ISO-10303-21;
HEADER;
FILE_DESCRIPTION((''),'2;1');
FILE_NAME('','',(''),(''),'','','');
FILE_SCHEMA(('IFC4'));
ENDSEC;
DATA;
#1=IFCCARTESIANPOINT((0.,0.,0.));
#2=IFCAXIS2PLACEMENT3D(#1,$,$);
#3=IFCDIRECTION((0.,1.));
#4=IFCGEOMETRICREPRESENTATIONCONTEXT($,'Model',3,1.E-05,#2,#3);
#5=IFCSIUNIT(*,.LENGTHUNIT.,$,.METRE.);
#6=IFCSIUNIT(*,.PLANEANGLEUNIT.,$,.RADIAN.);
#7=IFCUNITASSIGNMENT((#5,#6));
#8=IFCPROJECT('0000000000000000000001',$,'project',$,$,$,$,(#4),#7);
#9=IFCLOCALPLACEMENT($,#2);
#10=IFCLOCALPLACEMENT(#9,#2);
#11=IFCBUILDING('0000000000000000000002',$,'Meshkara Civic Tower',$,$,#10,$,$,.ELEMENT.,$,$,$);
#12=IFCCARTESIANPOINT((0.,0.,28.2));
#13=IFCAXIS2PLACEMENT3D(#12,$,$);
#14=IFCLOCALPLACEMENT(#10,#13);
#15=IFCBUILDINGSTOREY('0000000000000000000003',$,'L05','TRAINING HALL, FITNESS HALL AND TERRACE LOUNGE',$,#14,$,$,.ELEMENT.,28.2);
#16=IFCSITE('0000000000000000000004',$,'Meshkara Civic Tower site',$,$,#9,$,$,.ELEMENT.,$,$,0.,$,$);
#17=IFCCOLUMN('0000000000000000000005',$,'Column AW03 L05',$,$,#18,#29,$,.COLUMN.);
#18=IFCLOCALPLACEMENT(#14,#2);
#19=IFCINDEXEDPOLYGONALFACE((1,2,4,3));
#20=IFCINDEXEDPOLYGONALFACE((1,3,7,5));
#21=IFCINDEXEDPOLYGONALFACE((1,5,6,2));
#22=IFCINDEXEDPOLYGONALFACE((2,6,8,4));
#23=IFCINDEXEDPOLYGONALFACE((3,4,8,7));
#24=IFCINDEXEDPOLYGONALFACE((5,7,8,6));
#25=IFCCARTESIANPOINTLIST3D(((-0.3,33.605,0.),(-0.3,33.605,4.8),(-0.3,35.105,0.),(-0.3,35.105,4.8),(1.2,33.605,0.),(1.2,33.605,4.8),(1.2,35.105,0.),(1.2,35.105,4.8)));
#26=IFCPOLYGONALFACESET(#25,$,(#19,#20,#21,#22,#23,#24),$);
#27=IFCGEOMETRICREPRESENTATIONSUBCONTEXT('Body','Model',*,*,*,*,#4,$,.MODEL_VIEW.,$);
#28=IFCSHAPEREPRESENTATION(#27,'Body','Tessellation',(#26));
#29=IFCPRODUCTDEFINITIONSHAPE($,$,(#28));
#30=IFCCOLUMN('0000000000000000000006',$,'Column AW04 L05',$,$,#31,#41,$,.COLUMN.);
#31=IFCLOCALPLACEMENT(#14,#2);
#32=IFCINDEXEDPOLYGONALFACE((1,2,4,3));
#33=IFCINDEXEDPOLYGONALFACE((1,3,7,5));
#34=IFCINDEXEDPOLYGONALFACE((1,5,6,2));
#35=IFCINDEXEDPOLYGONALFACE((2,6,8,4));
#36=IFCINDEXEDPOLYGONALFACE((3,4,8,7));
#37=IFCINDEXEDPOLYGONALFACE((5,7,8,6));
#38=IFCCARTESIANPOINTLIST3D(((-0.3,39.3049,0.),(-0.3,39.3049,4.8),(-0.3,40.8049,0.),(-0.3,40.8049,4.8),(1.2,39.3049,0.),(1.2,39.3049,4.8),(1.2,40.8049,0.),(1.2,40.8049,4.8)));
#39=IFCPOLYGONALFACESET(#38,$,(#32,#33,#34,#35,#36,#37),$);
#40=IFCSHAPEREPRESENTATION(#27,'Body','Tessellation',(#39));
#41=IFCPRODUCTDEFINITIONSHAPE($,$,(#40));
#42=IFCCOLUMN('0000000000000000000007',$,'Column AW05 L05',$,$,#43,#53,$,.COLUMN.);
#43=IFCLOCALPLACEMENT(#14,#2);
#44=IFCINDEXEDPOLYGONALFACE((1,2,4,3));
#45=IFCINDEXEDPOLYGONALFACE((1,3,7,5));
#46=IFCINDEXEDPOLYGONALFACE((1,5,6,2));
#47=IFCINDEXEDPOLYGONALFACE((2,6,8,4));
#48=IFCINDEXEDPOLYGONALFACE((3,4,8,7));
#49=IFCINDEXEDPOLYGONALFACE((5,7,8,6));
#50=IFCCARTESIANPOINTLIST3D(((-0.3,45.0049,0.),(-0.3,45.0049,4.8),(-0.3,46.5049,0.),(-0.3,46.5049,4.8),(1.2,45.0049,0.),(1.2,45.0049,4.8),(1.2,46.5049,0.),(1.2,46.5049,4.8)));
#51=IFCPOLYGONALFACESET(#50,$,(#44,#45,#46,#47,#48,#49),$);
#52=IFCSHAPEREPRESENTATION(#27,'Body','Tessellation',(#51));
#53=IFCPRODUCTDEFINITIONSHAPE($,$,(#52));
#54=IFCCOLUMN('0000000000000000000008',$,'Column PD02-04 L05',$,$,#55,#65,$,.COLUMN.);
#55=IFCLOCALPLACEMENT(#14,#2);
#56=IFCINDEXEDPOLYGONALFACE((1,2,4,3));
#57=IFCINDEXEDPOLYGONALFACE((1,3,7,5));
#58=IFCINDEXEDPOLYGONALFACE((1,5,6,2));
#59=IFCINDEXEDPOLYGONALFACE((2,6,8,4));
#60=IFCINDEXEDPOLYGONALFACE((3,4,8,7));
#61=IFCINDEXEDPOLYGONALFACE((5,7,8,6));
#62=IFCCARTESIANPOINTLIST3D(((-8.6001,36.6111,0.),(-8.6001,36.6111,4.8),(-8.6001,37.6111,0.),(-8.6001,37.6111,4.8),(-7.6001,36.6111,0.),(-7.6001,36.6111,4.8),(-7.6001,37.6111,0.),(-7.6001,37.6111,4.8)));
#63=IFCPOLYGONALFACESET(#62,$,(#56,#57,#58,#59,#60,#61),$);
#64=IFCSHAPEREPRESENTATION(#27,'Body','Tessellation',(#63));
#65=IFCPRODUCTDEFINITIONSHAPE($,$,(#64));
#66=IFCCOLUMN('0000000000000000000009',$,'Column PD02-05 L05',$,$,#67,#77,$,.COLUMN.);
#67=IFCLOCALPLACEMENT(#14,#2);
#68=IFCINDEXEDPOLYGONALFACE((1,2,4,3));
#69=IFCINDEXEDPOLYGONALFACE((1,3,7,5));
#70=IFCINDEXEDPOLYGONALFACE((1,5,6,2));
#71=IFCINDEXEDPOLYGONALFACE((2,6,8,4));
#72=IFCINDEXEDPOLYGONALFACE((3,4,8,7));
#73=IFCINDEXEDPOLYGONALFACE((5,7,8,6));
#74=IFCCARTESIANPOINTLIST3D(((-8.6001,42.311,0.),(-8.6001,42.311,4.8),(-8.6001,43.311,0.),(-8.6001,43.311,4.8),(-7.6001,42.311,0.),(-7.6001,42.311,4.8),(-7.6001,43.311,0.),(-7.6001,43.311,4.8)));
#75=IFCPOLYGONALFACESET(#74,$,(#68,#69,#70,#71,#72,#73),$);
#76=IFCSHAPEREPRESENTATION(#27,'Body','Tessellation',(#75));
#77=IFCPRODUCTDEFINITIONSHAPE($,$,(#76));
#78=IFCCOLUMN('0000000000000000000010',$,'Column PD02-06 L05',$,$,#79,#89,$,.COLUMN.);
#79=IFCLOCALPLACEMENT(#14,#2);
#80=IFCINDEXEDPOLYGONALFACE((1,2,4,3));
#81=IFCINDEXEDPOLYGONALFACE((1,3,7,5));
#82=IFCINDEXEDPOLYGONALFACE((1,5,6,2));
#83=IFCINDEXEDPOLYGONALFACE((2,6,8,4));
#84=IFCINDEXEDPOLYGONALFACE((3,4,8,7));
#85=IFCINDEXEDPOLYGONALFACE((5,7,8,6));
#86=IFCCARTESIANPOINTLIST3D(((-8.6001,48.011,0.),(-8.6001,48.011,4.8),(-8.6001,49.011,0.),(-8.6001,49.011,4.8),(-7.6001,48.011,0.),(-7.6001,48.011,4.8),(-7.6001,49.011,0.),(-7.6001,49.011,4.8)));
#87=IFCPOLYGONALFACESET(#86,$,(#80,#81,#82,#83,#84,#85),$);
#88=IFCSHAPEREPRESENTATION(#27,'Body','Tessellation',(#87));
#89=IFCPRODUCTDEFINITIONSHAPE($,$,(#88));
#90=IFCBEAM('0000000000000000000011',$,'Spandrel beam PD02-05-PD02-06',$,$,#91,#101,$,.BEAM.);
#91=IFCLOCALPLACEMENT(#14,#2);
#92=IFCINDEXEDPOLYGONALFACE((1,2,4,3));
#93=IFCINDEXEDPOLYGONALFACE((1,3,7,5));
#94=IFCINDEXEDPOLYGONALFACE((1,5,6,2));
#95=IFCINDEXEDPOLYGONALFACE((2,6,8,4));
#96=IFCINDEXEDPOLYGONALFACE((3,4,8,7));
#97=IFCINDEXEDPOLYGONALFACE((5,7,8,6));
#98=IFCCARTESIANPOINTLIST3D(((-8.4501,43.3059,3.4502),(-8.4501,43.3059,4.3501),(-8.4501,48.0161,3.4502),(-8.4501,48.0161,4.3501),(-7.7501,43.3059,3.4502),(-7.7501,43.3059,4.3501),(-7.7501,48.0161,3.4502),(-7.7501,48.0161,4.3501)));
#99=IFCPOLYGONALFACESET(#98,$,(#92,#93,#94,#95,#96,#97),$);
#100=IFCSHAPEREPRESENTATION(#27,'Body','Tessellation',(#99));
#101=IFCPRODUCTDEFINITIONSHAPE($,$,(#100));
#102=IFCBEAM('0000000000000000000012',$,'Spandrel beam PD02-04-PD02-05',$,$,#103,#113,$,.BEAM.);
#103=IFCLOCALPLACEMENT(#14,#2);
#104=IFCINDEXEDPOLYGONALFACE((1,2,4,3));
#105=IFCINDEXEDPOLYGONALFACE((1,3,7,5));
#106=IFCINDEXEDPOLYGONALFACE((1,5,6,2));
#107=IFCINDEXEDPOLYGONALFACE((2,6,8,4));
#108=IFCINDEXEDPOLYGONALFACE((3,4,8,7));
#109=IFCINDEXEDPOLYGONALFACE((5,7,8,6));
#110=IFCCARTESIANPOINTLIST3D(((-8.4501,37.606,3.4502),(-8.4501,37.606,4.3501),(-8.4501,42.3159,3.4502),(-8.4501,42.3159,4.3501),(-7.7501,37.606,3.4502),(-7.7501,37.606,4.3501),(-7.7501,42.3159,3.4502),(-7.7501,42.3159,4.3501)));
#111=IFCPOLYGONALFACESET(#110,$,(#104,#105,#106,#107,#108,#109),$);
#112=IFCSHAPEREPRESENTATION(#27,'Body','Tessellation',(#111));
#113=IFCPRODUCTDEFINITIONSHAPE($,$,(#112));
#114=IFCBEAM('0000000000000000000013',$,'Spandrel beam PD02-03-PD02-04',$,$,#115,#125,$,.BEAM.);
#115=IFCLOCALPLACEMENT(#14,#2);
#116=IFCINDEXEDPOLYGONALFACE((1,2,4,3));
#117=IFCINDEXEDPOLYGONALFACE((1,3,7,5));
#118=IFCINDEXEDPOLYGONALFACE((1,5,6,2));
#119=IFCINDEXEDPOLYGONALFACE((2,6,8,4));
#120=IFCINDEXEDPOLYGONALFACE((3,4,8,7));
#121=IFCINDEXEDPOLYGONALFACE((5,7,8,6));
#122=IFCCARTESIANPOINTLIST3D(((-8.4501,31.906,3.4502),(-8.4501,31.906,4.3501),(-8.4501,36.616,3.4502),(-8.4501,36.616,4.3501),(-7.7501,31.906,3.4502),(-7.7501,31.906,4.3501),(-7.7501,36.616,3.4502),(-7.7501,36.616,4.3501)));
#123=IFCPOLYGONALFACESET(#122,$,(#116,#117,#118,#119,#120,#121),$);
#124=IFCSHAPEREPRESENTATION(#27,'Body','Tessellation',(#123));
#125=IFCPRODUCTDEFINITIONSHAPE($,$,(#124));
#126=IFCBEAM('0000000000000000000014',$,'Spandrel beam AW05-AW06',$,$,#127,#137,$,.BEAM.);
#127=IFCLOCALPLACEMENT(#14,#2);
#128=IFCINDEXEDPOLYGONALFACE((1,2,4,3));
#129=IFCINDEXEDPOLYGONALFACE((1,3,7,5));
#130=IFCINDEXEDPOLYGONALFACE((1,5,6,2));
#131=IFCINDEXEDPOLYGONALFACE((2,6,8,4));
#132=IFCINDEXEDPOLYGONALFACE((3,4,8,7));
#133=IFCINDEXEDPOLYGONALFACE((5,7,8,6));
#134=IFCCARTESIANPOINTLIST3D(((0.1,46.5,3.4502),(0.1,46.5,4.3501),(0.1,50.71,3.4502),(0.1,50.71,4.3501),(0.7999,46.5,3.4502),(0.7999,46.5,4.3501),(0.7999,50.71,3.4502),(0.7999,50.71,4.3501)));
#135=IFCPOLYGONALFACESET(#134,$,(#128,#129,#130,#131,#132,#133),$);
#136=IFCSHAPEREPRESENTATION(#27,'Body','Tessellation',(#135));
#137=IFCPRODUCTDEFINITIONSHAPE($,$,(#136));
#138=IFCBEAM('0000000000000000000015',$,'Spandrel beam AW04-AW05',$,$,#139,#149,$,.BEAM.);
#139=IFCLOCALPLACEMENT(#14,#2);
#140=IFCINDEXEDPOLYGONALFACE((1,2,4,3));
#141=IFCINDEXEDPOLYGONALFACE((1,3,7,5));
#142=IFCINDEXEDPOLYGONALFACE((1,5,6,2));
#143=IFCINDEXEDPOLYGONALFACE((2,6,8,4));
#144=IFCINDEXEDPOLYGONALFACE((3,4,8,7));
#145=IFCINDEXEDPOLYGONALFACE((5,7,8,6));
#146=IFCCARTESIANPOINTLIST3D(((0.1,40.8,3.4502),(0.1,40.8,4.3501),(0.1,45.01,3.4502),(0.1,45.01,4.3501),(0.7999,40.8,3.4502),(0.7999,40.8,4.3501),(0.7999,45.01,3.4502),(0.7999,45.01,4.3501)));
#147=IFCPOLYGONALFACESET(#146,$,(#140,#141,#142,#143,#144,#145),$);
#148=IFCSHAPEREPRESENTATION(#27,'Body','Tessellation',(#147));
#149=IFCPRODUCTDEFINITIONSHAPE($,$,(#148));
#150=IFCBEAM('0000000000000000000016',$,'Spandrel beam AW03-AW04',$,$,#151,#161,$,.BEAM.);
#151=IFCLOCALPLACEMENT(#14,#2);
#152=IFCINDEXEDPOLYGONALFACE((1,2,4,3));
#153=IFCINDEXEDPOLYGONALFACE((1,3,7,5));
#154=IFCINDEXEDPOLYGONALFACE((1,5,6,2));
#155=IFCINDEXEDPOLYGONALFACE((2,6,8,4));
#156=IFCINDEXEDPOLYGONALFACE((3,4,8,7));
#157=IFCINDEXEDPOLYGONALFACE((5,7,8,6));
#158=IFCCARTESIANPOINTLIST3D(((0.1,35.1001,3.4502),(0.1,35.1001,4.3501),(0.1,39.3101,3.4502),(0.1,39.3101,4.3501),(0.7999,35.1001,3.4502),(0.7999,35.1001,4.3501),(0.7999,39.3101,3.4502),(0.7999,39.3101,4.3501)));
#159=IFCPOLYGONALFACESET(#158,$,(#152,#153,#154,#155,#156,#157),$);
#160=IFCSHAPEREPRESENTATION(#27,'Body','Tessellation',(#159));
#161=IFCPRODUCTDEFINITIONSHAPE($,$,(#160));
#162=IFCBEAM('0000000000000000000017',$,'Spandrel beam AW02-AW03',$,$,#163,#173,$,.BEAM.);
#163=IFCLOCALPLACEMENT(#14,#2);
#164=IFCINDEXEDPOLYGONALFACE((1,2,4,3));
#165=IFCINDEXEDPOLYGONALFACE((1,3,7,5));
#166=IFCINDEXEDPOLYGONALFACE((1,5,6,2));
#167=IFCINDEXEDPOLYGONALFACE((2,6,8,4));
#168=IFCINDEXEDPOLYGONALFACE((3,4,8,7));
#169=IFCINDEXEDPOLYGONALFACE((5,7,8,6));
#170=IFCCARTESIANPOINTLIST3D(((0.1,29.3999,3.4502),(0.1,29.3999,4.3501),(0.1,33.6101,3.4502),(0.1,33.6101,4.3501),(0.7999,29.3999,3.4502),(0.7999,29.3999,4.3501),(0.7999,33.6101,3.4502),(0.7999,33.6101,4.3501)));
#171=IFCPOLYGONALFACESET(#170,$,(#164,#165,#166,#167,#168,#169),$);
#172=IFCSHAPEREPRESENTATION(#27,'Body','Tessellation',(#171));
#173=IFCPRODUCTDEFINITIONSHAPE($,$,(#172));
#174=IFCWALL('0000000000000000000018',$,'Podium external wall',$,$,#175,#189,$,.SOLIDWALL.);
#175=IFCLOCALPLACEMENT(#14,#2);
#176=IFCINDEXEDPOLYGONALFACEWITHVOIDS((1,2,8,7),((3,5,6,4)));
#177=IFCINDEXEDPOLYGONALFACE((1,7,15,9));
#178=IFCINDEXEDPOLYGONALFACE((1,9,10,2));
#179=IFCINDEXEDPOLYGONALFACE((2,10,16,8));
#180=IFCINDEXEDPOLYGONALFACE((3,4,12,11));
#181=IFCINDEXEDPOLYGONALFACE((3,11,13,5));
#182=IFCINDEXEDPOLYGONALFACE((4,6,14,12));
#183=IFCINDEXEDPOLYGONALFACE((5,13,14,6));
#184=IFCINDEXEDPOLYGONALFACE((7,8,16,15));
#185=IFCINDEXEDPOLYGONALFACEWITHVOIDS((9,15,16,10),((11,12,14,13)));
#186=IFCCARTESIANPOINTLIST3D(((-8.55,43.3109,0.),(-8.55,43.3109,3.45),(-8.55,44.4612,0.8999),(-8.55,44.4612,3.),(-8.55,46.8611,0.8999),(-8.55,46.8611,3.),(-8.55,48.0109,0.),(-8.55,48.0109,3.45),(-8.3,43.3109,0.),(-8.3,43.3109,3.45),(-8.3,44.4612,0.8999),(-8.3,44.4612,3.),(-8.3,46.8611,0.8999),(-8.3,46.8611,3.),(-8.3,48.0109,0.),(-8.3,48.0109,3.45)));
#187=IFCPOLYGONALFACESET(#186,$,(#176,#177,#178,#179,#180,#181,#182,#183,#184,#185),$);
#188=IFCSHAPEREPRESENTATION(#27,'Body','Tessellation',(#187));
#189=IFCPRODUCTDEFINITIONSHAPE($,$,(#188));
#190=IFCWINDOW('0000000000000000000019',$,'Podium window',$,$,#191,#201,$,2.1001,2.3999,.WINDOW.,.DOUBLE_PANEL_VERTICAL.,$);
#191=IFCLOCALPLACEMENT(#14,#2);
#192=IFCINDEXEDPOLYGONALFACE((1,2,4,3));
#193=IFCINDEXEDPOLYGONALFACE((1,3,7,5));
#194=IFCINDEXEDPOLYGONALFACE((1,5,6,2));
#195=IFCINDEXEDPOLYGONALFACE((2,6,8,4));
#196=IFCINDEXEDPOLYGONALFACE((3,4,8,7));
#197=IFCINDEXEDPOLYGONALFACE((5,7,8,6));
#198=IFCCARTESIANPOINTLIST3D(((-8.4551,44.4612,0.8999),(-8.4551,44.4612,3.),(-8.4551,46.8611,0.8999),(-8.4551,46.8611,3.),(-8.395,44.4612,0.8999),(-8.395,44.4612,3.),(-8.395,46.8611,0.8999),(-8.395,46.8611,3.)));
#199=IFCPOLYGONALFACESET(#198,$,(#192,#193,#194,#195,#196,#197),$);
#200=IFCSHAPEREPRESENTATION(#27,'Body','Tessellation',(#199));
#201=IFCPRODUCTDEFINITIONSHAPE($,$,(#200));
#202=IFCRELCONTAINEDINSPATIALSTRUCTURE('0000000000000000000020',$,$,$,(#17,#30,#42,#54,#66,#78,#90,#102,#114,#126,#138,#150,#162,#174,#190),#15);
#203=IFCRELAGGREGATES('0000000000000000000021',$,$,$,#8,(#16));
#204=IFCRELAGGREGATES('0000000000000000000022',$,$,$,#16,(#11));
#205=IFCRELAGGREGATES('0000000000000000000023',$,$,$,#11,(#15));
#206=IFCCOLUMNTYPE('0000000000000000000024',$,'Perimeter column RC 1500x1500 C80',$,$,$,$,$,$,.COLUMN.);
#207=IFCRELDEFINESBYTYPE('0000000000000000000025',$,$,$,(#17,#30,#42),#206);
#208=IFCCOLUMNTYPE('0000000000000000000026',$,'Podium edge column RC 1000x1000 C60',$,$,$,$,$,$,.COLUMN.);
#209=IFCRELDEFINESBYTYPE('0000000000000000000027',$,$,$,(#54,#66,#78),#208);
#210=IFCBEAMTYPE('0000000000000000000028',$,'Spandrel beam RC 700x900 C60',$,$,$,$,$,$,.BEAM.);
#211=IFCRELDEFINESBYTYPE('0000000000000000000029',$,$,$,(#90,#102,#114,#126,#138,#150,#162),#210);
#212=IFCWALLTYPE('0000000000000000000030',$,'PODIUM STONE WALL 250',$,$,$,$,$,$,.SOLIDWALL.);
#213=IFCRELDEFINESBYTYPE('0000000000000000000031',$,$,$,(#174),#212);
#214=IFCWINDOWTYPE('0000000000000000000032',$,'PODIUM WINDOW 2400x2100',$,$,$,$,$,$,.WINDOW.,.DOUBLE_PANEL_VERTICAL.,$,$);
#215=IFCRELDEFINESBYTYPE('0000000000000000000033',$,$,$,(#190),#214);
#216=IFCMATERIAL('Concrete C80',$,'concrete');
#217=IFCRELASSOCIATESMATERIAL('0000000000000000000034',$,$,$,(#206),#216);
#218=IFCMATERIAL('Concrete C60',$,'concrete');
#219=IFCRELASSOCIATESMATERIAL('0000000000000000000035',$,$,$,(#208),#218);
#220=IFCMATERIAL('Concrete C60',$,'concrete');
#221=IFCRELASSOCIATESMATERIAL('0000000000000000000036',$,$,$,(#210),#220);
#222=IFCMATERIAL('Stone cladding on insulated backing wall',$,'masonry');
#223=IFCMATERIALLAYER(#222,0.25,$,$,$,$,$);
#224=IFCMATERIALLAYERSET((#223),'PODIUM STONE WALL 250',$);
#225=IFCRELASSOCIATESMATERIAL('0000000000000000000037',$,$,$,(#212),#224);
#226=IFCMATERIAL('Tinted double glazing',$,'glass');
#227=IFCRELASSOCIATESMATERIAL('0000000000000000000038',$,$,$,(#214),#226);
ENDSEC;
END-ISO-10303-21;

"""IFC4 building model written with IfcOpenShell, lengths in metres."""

from ifc_helpers import new_model, si_unit, direction, frame, frame_2d, origin, origin_2d, place, context, subcontext, project, spatial, rectangle, extrude, material, layer, layer_set, material_profile, profile_set, type_object, element, fill, save


model = new_model("IFC4")

# Units and contexts
model_context = context("Model", 3, precision=1e-05, world=origin(), true_north=direction((0.0, 1.0)))
body_context = subcontext(model_context, "Body", "Model", "MODEL_VIEW")
ifc_project = project(units=[si_unit("LENGTHUNIT", "METRE"), si_unit("PLANEANGLEUNIT", "RADIAN")], contexts=[model_context])

# Site, building, storey
site_placement = place(None, origin())
site = spatial("IfcSite", under=ifc_project, at=site_placement, Name="Meshkara Civic Tower site", CompositionType="ELEMENT", RefElevation=0.0)
building_placement = place(site_placement, origin())
building = spatial("IfcBuilding", under=site, at=building_placement, Name="Meshkara Civic Tower", CompositionType="ELEMENT")
storey_placement = place(building_placement, frame((0.0, 0.0, 28.2)))
storey = spatial("IfcBuildingStorey", under=building, at=storey_placement, Name="L05", Description="TRAINING HALL, FITNESS HALL AND TERRACE LOUNGE", CompositionType="ELEMENT", Elevation=28.2)

# Columns
ifc_material_1 = material(Name="Concrete C80", Category="concrete")
ifc_material_profile_1 = material_profile(ifc_material_1, rectangle(XDim=1.5, YDim=1.5, at=origin_2d()))
ifc_profile_set_1 = profile_set([ifc_material_profile_1], Name="Concrete C80")
column_type_1 = type_object("IfcColumnType", Name="Perimeter column RC 1500x1500 C80", PredefinedType="COLUMN", material=ifc_profile_set_1)
for number, where, z_axis, x_axis, name in (
    (1, (0.45, 34.355, 0.0), (0.0, 0.0, 1.0), (1.0, 0.0, 0.0), "Column AW03 L05"),
    (2, (0.45, 40.0549, 0.0), (0.0, 0.0, 1.0), (1.0, 0.0, 0.0), "Column AW04 L05"),
    (3, (0.45, 45.7549, 0.0), (0.0, 0.0, 1.0), (1.0, 0.0, 0.0), "Column AW05 L05"),
):
    element("IfcColumn", number, at=place(storey_placement, frame(where, z_axis=z_axis, x_axis=x_axis)), inside=storey, type_object=column_type_1, Name=name, PredefinedType="COLUMN", context=body_context, shape_type="SweptSolid", body=[
        extrude(rectangle(XDim=1.5, YDim=1.5, at=origin_2d()), origin(), (0.0, 0.0, 1.0), 4.8),
    ])
ifc_material_2 = material(Name="Concrete C60", Category="concrete")
ifc_material_profile_2 = material_profile(ifc_material_2, rectangle(XDim=1.0, YDim=1.0, at=origin_2d()))
ifc_profile_set_2 = profile_set([ifc_material_profile_2], Name="Concrete C60")
column_type_2 = type_object("IfcColumnType", Name="Podium edge column RC 1000x1000 C60", PredefinedType="COLUMN", material=ifc_profile_set_2)
for number, where, z_axis, x_axis, name in (
    (4, (-8.1001, 37.1111, 0.0), (0.0, 0.0, 1.0), (1.0, 0.0, 0.0), "Column PD02-04 L05"),
    (5, (-8.1001, 42.811, 0.0), (0.0, 0.0, 1.0), (1.0, 0.0, 0.0), "Column PD02-05 L05"),
    (6, (-8.1001, 48.511, 0.0), (0.0, 0.0, 1.0), (1.0, 0.0, 0.0), "Column PD02-06 L05"),
):
    element("IfcColumn", number, at=place(storey_placement, frame(where, z_axis=z_axis, x_axis=x_axis)), inside=storey, type_object=column_type_2, Name=name, PredefinedType="COLUMN", context=body_context, shape_type="SweptSolid", body=[
        extrude(rectangle(XDim=1.0, YDim=1.0, at=origin_2d()), origin(), (0.0, 0.0, 1.0), 4.8),
    ])

# Beams
ifc_material_3 = material(Name="Concrete C60", Category="concrete")
ifc_material_profile_3 = material_profile(ifc_material_3, rectangle(XDim=0.7, YDim=0.8999, at=origin_2d()))
ifc_profile_set_3 = profile_set([ifc_material_profile_3], Name="Concrete C60")
beam_type = type_object("IfcBeamType", Name="Spandrel beam RC 700x900 C60", PredefinedType="BEAM", material=ifc_profile_set_3)
beam_1_placement = place(storey_placement, frame((-8.1001, 48.0161, 3.9001), z_axis=(0.0, -1.0, 0.0), x_axis=(1.0, 0.0, 0.0)))
element("IfcBeam", 7, at=beam_1_placement, inside=storey, type_object=beam_type, Name="Spandrel beam PD02-05-PD02-06", PredefinedType="BEAM", context=body_context, shape_type="SweptSolid", body=[
    extrude(rectangle(XDim=0.7, YDim=0.8999, at=origin_2d()), origin(), (0.0, 0.0, 1.0), 4.7102),
])
for number, where, z_axis, x_axis, name in (
    (8, (-8.1001, 42.3159, 3.9001), (0.0, -1.0, 0.0), (1.0, 0.0, 0.0), "Spandrel beam PD02-04-PD02-05"),
    (9, (-8.1001, 36.616, 3.9001), (0.0, -1.0, 0.0), (1.0, 0.0, 0.0), "Spandrel beam PD02-03-PD02-04"),
):
    element("IfcBeam", number, at=place(storey_placement, frame(where, z_axis=z_axis, x_axis=x_axis)), inside=storey, type_object=beam_type, Name=name, PredefinedType="BEAM", context=body_context, shape_type="SweptSolid", body=[
        extrude(rectangle(XDim=0.7, YDim=0.8999, at=origin_2d()), origin(), (0.0, 0.0, 1.0), 4.71),
    ])
for number, where, z_axis, x_axis, name in (
    (10, (0.45, 50.71, 3.9001), (0.0, -1.0, 0.0), (1.0, 0.0, 0.0), "Spandrel beam AW05-AW06"),
    (11, (0.45, 45.01, 3.9001), (0.0, -1.0, 0.0), (1.0, 0.0, 0.0), "Spandrel beam AW04-AW05"),
    (12, (0.45, 39.3101, 3.9001), (0.0, -1.0, 0.0), (1.0, 0.0, 0.0), "Spandrel beam AW03-AW04"),
):
    element("IfcBeam", number, at=place(storey_placement, frame(where, z_axis=z_axis, x_axis=x_axis)), inside=storey, type_object=beam_type, Name=name, PredefinedType="BEAM", context=body_context, shape_type="SweptSolid", body=[
        extrude(rectangle(XDim=0.7, YDim=0.8999, at=origin_2d()), origin(), (0.0, 0.0, 1.0), 4.21),
    ])
beam_2_placement = place(storey_placement, frame((0.45, 33.6101, 3.9001), z_axis=(0.0, -1.0, 0.0), x_axis=(1.0, 0.0, 0.0)))
element("IfcBeam", 13, at=beam_2_placement, inside=storey, type_object=beam_type, Name="Spandrel beam AW02-AW03", PredefinedType="BEAM", context=body_context, shape_type="SweptSolid", body=[
    extrude(rectangle(XDim=0.7, YDim=0.8999, at=origin_2d()), origin(), (0.0, 0.0, 1.0), 4.2102),
])

# Wall, opening, window
ifc_material_4 = material(Name="Stone cladding on insulated backing wall", Category="masonry")
ifc_layer = layer(ifc_material_4, 0.25)
ifc_layer_set = layer_set([ifc_layer], Name="PODIUM STONE WALL 250")
wall_type = type_object("IfcWallType", Name="PODIUM STONE WALL 250", PredefinedType="SOLIDWALL", material=ifc_layer_set)
wall_1_placement = place(storey_placement, frame((-8.425, 48.011, 0.0), z_axis=(0.0, 0.0, 1.0), x_axis=(0.0, -1.0, 0.0)))
wall_1 = element("IfcWall", 14, at=wall_1_placement, inside=storey, type_object=wall_type, Name="Podium external wall", PredefinedType="SOLIDWALL", context=body_context, shape_type="SweptSolid", body=[
    extrude(rectangle(XDim=4.7, YDim=0.25, at=frame_2d((2.3501, 0.0))), origin(), (0.0, 0.0, 1.0), 3.45),
])
opening_1_placement = place(wall_1_placement, frame((1.1499, 0.0, 0.8999)))
opening_1 = element("IfcOpeningElement", 15, at=opening_1_placement, cuts=wall_1, PredefinedType="OPENING", context=body_context, shape_type="SweptSolid", body=[
    extrude(rectangle(XDim=2.3999, YDim=2.1001, at=frame_2d((1.2, 1.05))), frame((0.0, 0.135, 0.0), z_axis=(0.0, -1.0, 0.0), x_axis=(1.0, 0.0, 0.0)), (0.0, 0.0, 1.0), 0.27),
])
ifc_material_5 = material(Name="Tinted double glazing", Category="glass")
window_type = type_object("IfcWindowType", Name="PODIUM WINDOW 2400x2100", PartitioningType="DOUBLE_PANEL_VERTICAL", PredefinedType="WINDOW", material=ifc_material_5)
window_1_placement = place(opening_1_placement, origin())
window_1 = element("IfcWindow", 16, at=window_1_placement, inside=storey, type_object=window_type, Name="Podium window", OverallHeight=2.1001, OverallWidth=2.3999, PartitioningType="DOUBLE_PANEL_VERTICAL", PredefinedType="WINDOW", context=body_context, shape_type="SweptSolid", body=[
    extrude(rectangle(XDim=2.3999, YDim=2.1001, at=frame_2d((1.2, 1.05))), frame((0.0, 0.03, 0.0), z_axis=(0.0, -1.0, 0.0), x_axis=(1.0, 0.0, 0.0)), (0.0, 0.0, 1.0), 0.0601),
])
fill(opening_1, window_1)

save(model, "model.ifc")
